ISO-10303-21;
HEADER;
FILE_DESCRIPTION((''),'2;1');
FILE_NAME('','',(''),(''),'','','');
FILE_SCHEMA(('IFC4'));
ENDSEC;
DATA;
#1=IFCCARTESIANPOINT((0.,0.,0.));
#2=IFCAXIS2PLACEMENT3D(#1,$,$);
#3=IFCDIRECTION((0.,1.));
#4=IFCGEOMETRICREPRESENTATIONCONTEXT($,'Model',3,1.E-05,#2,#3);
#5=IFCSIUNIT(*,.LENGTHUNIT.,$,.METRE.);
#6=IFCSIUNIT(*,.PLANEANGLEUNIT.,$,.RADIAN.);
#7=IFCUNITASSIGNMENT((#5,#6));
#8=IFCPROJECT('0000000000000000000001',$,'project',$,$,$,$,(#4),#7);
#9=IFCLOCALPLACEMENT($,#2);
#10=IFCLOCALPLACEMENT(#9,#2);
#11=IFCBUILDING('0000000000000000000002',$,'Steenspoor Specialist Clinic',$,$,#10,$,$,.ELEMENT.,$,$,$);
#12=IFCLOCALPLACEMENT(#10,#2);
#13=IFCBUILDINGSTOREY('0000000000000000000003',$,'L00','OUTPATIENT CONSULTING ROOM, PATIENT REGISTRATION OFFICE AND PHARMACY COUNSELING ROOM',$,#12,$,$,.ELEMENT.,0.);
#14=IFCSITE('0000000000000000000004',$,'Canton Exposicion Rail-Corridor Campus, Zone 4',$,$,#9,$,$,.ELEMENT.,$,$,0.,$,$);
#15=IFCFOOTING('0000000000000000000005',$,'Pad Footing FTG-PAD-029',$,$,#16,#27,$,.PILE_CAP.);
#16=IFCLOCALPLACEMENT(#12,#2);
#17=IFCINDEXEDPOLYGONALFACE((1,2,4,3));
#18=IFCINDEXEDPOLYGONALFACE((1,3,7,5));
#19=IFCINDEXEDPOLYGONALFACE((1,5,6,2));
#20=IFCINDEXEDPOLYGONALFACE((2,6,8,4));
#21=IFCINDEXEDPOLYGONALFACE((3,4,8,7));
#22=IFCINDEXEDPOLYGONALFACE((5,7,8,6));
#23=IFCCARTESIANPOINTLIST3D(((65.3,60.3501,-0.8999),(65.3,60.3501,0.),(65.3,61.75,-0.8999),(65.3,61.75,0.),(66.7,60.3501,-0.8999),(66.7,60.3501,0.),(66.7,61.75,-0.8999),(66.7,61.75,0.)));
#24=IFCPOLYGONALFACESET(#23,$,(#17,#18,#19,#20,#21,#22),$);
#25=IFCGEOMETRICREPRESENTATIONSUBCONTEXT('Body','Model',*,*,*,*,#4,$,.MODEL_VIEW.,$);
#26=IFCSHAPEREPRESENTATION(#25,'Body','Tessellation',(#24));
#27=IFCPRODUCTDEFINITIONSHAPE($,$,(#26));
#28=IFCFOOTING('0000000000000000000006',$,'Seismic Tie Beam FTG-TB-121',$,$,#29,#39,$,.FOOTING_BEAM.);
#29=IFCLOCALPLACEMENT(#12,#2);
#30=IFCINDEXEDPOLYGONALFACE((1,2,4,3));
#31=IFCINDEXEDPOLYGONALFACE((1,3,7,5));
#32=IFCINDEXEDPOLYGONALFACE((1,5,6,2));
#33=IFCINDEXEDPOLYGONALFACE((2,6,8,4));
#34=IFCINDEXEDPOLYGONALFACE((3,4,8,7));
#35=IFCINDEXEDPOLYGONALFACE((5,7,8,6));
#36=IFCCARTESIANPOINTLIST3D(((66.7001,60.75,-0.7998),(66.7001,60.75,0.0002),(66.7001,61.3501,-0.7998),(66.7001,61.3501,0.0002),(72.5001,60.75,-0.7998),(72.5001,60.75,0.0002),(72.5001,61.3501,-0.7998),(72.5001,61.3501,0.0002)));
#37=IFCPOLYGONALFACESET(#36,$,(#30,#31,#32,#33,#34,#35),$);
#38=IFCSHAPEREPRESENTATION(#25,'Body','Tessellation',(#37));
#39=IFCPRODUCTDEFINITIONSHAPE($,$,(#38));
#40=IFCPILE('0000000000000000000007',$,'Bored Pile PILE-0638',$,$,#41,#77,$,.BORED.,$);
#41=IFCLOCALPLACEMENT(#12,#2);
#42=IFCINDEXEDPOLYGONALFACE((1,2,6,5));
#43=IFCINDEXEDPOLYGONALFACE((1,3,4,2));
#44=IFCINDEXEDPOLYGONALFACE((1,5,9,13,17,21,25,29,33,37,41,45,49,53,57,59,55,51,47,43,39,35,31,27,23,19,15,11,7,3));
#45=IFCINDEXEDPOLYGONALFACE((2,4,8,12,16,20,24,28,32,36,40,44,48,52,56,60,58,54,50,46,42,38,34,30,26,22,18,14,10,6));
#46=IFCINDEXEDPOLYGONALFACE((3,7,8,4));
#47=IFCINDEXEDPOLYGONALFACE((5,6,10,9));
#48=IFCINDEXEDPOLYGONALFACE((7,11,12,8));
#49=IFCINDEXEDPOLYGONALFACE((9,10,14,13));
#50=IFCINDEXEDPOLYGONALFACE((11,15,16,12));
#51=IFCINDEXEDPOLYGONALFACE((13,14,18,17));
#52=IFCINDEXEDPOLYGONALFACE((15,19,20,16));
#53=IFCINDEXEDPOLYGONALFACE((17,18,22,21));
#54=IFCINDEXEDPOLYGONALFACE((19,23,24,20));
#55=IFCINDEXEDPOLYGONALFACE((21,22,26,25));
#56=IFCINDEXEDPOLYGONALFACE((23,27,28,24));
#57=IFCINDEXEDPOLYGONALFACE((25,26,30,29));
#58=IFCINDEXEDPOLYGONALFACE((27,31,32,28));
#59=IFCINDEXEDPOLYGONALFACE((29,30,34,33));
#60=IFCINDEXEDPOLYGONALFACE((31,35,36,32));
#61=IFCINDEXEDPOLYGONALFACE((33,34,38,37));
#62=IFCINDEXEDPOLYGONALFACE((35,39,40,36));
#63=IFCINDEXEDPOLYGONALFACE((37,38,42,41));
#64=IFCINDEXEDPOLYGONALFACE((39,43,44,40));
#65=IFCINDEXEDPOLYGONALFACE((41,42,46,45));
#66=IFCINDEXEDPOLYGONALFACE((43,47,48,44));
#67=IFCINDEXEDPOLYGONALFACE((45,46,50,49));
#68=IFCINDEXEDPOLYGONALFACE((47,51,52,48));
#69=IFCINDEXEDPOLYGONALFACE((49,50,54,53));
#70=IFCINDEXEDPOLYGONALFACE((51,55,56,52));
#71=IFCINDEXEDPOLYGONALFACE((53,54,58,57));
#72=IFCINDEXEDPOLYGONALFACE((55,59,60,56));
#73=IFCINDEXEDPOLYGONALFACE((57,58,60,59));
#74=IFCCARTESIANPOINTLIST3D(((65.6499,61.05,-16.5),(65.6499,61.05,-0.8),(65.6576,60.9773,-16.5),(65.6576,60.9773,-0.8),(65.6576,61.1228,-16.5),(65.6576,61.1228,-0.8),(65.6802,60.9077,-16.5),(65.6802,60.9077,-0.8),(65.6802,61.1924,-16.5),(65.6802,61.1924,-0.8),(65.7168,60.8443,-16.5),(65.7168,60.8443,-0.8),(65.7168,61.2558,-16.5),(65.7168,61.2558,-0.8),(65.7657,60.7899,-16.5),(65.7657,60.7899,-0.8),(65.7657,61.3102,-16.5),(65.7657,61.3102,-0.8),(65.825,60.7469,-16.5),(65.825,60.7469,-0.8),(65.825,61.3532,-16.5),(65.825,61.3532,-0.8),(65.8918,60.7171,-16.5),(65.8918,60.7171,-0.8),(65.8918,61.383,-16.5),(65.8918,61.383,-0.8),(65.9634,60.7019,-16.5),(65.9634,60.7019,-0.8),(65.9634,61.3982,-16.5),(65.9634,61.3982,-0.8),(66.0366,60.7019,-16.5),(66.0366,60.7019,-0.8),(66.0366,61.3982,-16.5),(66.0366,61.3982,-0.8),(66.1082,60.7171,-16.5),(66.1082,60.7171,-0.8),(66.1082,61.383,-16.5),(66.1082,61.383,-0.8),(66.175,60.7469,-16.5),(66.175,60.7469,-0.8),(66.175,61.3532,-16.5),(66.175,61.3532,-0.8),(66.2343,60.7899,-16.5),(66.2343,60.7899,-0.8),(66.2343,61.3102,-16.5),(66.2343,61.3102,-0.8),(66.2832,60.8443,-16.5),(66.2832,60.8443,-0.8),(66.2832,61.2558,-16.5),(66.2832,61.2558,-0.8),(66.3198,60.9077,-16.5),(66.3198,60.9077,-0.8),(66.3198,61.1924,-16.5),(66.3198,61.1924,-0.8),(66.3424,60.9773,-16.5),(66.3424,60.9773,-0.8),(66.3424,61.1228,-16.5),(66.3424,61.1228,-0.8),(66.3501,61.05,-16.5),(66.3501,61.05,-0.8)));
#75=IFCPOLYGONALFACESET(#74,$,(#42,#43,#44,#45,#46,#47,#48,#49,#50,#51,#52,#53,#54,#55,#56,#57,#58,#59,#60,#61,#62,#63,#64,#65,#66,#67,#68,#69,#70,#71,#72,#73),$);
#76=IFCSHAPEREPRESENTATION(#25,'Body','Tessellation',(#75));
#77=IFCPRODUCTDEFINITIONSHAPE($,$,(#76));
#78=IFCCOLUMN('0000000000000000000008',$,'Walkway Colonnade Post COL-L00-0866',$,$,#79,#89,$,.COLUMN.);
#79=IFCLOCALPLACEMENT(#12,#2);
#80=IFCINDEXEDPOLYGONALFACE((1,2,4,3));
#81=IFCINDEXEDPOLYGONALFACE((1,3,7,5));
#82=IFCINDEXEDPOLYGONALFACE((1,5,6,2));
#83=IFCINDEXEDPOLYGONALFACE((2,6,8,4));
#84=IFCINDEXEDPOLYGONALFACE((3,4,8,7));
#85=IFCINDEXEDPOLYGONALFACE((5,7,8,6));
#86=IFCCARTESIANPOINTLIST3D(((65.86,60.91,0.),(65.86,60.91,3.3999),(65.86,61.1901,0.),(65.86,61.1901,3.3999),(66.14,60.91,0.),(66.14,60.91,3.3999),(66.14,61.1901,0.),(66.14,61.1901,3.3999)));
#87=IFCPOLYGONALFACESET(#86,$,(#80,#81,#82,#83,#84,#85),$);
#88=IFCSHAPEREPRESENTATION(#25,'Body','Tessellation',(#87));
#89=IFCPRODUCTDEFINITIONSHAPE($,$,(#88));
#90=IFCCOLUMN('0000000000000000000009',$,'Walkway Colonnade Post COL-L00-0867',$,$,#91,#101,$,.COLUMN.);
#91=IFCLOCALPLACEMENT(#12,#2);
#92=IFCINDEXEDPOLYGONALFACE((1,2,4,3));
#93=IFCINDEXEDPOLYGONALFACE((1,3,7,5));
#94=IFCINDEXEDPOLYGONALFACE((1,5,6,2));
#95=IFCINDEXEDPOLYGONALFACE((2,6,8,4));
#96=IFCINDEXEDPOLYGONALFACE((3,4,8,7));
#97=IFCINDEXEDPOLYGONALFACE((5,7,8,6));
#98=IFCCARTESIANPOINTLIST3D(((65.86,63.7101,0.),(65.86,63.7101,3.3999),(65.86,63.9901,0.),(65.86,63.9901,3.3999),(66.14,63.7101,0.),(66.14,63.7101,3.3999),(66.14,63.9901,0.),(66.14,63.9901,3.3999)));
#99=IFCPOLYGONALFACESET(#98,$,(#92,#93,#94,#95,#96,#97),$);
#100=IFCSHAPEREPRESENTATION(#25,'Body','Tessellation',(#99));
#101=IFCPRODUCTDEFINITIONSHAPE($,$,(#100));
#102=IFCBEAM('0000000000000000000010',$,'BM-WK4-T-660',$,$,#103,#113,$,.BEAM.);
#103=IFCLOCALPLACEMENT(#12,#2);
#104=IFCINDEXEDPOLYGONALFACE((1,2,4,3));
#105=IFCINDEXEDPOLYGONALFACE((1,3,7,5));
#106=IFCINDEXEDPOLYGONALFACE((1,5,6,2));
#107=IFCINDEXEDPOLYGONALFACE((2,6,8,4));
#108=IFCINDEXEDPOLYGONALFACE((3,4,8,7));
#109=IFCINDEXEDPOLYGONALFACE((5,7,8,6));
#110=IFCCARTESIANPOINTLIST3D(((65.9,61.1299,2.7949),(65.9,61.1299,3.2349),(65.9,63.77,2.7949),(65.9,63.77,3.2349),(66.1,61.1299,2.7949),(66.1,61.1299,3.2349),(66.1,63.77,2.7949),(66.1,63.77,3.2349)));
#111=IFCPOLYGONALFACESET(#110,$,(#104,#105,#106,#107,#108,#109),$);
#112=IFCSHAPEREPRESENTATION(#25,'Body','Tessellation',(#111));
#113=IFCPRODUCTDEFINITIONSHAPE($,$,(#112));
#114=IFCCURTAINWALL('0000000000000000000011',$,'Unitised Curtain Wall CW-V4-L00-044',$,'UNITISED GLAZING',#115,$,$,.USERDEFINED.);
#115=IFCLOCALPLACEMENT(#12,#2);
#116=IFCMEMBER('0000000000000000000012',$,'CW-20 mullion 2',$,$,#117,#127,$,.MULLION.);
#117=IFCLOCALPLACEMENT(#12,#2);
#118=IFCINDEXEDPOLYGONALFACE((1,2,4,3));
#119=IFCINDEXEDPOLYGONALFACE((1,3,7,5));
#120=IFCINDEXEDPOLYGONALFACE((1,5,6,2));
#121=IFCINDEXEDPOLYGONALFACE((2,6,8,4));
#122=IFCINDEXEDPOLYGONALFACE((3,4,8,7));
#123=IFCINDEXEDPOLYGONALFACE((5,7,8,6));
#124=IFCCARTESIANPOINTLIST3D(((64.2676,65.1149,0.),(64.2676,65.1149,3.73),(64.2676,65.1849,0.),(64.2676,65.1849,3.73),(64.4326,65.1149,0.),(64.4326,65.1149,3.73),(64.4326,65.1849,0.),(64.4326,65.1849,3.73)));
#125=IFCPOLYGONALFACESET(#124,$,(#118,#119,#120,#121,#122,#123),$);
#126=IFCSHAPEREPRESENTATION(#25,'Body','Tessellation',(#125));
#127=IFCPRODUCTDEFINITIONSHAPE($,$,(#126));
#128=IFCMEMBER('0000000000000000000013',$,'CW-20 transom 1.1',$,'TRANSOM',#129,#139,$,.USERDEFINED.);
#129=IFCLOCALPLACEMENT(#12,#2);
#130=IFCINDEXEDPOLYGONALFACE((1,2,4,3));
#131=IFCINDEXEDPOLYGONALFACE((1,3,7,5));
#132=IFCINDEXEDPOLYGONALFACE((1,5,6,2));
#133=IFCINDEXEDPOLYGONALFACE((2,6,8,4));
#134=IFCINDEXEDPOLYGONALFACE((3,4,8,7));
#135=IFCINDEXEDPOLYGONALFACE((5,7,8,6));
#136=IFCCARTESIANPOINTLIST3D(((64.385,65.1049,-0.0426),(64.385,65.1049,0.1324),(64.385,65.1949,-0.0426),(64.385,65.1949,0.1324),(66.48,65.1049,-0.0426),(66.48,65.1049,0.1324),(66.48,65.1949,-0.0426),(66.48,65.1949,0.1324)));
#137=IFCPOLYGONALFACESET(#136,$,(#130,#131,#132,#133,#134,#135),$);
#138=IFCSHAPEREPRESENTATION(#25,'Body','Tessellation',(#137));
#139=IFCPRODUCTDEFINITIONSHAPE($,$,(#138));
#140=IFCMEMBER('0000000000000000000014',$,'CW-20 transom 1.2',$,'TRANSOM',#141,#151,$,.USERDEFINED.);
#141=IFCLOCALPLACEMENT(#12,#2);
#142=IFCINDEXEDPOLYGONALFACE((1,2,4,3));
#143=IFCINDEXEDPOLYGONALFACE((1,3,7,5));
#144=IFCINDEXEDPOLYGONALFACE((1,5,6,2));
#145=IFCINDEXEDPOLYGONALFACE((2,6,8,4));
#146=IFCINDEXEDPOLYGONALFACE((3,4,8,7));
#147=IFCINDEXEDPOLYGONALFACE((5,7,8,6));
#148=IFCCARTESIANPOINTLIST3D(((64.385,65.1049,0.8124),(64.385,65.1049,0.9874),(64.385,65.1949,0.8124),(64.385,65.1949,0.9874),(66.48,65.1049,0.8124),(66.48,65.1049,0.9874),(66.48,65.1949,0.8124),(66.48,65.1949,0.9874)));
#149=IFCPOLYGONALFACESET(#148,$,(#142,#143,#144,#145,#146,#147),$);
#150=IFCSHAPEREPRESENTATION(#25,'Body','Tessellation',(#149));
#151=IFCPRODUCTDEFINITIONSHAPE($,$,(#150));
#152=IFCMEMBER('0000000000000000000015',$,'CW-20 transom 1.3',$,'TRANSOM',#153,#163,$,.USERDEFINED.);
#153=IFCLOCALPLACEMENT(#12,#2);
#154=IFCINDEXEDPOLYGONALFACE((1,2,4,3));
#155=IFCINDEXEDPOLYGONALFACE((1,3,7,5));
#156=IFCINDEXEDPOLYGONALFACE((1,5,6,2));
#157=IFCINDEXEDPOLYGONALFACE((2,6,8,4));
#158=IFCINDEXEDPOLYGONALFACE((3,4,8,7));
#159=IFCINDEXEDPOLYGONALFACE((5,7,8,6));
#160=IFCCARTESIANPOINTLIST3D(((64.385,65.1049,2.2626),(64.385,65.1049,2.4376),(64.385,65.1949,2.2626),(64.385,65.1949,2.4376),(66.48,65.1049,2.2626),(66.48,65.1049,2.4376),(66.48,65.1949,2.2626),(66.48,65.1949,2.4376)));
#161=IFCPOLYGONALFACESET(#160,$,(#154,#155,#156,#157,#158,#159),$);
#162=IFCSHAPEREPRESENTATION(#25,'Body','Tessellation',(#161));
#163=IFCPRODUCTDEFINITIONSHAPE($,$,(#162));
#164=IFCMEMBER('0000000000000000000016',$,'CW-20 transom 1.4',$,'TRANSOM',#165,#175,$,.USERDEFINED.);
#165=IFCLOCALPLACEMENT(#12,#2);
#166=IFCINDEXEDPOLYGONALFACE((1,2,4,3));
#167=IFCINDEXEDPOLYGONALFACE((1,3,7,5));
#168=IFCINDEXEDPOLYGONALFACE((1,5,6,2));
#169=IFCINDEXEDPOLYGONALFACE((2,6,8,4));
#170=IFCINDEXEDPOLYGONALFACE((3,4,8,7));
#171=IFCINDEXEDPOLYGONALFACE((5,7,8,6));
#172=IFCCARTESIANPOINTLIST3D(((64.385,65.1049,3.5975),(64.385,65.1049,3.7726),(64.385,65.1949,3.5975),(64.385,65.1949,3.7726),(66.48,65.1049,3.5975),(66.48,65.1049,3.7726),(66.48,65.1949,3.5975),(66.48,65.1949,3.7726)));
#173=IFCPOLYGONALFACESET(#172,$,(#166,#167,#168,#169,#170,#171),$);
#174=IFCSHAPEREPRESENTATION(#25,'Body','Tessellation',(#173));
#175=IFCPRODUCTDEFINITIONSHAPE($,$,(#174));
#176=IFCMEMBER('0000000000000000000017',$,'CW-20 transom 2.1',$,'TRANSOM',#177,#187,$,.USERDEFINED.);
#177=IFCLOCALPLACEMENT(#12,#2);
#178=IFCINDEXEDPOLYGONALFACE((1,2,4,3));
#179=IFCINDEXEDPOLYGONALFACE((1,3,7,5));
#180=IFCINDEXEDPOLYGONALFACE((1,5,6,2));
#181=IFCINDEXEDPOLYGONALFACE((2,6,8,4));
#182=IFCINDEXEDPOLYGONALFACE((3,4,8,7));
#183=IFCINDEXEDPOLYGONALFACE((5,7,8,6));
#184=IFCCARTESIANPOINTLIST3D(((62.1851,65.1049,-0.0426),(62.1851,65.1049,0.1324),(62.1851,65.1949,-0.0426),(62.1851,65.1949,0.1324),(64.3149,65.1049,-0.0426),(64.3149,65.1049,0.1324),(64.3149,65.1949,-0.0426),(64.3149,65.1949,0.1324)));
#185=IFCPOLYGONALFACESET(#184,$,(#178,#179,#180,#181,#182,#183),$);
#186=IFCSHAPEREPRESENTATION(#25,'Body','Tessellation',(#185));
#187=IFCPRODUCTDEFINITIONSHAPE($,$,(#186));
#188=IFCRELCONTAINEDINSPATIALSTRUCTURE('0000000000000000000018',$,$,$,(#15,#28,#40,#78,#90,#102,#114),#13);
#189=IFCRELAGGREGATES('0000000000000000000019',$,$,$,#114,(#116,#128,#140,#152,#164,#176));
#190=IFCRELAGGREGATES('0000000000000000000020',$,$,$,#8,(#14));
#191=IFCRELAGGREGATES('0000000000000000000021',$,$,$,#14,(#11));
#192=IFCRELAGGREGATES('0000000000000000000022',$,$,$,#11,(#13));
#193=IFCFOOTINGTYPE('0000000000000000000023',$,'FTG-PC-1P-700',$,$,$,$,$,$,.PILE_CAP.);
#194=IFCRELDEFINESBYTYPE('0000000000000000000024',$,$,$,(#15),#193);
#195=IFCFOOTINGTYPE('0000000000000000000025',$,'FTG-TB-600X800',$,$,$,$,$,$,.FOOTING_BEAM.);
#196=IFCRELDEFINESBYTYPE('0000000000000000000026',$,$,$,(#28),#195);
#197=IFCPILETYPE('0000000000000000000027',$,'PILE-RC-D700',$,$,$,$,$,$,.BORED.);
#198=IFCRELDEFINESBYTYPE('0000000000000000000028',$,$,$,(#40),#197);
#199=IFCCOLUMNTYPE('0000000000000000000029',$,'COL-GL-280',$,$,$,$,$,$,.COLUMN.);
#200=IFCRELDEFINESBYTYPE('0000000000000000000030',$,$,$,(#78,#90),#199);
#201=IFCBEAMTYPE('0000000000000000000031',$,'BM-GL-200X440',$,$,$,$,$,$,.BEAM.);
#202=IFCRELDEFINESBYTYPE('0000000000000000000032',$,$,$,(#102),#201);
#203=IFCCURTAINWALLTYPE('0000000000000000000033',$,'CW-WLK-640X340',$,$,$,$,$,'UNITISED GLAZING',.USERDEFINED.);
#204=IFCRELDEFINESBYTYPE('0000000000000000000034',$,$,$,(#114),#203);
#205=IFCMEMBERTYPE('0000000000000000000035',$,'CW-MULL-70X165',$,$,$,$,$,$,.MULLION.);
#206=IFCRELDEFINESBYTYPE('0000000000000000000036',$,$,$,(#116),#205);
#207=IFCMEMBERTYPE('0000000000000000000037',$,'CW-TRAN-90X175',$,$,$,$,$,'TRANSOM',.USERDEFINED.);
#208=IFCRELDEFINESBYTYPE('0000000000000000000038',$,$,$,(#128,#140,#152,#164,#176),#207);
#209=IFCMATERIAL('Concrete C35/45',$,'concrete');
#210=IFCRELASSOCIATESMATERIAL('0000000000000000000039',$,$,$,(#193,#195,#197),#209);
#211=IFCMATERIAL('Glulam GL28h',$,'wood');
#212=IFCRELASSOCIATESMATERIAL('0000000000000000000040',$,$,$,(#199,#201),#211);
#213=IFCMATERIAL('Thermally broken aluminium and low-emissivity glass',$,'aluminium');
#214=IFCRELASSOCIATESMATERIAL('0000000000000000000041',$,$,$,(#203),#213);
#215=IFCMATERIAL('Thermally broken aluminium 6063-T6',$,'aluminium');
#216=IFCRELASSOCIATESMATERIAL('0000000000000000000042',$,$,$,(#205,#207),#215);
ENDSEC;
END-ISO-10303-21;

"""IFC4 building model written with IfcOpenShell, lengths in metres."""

from ifc_helpers import new_model, si_unit, direction, frame, origin, origin_2d, place, context, subcontext, project, spatial, rectangle, circle, extrude, material, material_profile, profile_set, type_object, element, aggregate, save


model = new_model("IFC4")

# Units and contexts
model_context = context("Model", 3, precision=1e-05, world=origin(), true_north=direction((0.0, 1.0)))
body_context = subcontext(model_context, "Body", "Model", "MODEL_VIEW")
ifc_project = project(units=[si_unit("LENGTHUNIT", "METRE"), si_unit("PLANEANGLEUNIT", "RADIAN")], contexts=[model_context])

# Site, building, storey
site_placement = place(None, origin())
site = spatial("IfcSite", under=ifc_project, at=site_placement, Name="Canton Exposicion Rail-Corridor Campus, Zone 4", CompositionType="ELEMENT", RefElevation=0.0)
building_placement = place(site_placement, origin())
building = spatial("IfcBuilding", under=site, at=building_placement, Name="Steenspoor Specialist Clinic", CompositionType="ELEMENT")
storey_placement = place(building_placement, origin())
storey = spatial("IfcBuildingStorey", under=building, at=storey_placement, Name="L00", Description="OUTPATIENT CONSULTING ROOM, PATIENT REGISTRATION OFFICE AND PHARMACY COUNSELING ROOM", CompositionType="ELEMENT", Elevation=0.0)

# Footings
ifc_material_1 = material(Name="Concrete C35/45", Category="concrete")
footing_type_1 = type_object("IfcFootingType", Name="FTG-PC-1P-700", PredefinedType="PILE_CAP", material=ifc_material_1)
footing_1_placement = place(storey_placement, frame((66.0, 61.05, -0.8999), z_axis=(0.0, 0.0, 1.0), x_axis=(1.0, 0.0, 0.0)))
element("IfcFooting", 1, at=footing_1_placement, inside=storey, type_object=footing_type_1, Name="Pad Footing FTG-PAD-029", PredefinedType="PILE_CAP", context=body_context, shape_type="SweptSolid", body=[
    extrude(rectangle(XDim=1.3999, YDim=1.3999, at=origin_2d()), origin(), (0.0, 0.0, 1.0), 0.8999),
])
footing_type_2 = type_object("IfcFootingType", Name="FTG-TB-600X800", PredefinedType="FOOTING_BEAM", material=ifc_material_1)
footing_2_placement = place(storey_placement, frame((69.6001, 61.05, -0.7998), z_axis=(0.0, 0.0, 1.0), x_axis=(1.0, 0.0, 0.0)))
element("IfcFooting", 2, at=footing_2_placement, inside=storey, type_object=footing_type_2, Name="Seismic Tie Beam FTG-TB-121", PredefinedType="FOOTING_BEAM", context=body_context, shape_type="SweptSolid", body=[
    extrude(rectangle(XDim=5.8, YDim=0.6001, at=origin_2d()), origin(), (0.0, 0.0, 1.0), 0.8),
])

# Pile
ifc_material_profile_1 = material_profile(ifc_material_1, circle(Radius=0.3501, at=origin_2d()), Name="PILE-D700")
ifc_profile_set_1 = profile_set([ifc_material_profile_1], Name="Concrete C35/45")
pile_type = type_object("IfcPileType", Name="PILE-RC-D700", PredefinedType="BORED", material=ifc_profile_set_1)
pile_placement = place(storey_placement, frame((66.0, 61.05, -0.8), z_axis=(0.0, 0.0, -1.0), x_axis=(1.0, 0.0, 0.0)))
element("IfcPile", 3, at=pile_placement, inside=storey, type_object=pile_type, Name="Bored Pile PILE-0638", PredefinedType="BORED", context=body_context, shape_type="SweptSolid", body=[
    extrude(circle(Radius=0.3501, at=origin_2d()), origin(), (0.0, 0.0, 1.0), 15.7),
])

# Columns
ifc_material_2 = material(Name="Glulam GL28h", Category="wood")
ifc_material_profile_2 = material_profile(ifc_material_2, rectangle(XDim=0.28, YDim=0.28, at=origin_2d()), Name="GL28H-280X280")
ifc_profile_set_2 = profile_set([ifc_material_profile_2], Name="Glulam GL28h")
column_type = type_object("IfcColumnType", Name="COL-GL-280", PredefinedType="COLUMN", material=ifc_profile_set_2)
for number, where, z_axis, x_axis, name in (
    (4, (66.0, 61.05, 0.0), (0.0, 0.0, 1.0), (1.0, 0.0, 0.0), "Walkway Colonnade Post COL-L00-0866"),
    (5, (66.0, 63.8501, 0.0), (0.0, 0.0, 1.0), (1.0, 0.0, 0.0), "Walkway Colonnade Post COL-L00-0867"),
):
    element("IfcColumn", number, at=place(storey_placement, frame(where, z_axis=z_axis, x_axis=x_axis)), inside=storey, type_object=column_type, Name=name, PredefinedType="COLUMN", context=body_context, shape_type="SweptSolid", body=[
        extrude(rectangle(XDim=0.28, YDim=0.28, at=origin_2d()), origin(), (0.0, 0.0, 1.0), 3.3999),
    ])

# Beam
ifc_material_profile_3 = material_profile(ifc_material_2, rectangle(XDim=0.2, YDim=0.4399, at=origin_2d()), Name="GL28H-200X440")
ifc_profile_set_3 = profile_set([ifc_material_profile_3], Name="Glulam GL28h")
beam_type = type_object("IfcBeamType", Name="BM-GL-200X440", PredefinedType="BEAM", material=ifc_profile_set_3)
beam_placement = place(storey_placement, frame((66.0, 61.1299, 3.0149), z_axis=(0.0, 1.0, 0.0), x_axis=(-1.0, 0.0, 0.0)))
element("IfcBeam", 6, at=beam_placement, inside=storey, type_object=beam_type, Name="BM-WK4-T-660", PredefinedType="BEAM", context=body_context, shape_type="SweptSolid", body=[
    extrude(rectangle(XDim=0.2, YDim=0.4399, at=origin_2d()), origin(), (0.0, 0.0, 1.0), 2.6401),
])

# Curtain wall, members
ifc_material_3 = material(Name="Thermally broken aluminium and low-emissivity glass", Category="aluminium")
curtain_wall_type = type_object("IfcCurtainWallType", Name="CW-WLK-640X340", ElementType="UNITISED GLAZING", PredefinedType="USERDEFINED", material=ifc_material_3)
curtain_wall_placement = place(storey_placement, origin())
curtain_wall = element("IfcCurtainWall", 7, at=curtain_wall_placement, inside=storey, type_object=curtain_wall_type, Name="Unitised Curtain Wall CW-V4-L00-044", ObjectType="UNITISED GLAZING", PredefinedType="USERDEFINED")
ifc_material_4 = material(Name="Thermally broken aluminium 6063-T6", Category="aluminium")
ifc_material_profile_4 = material_profile(ifc_material_4, rectangle(XDim=0.0701, YDim=0.165, at=origin_2d()), Name="CWM-70X165")
ifc_profile_set_4 = profile_set([ifc_material_profile_4], Name="Thermally broken aluminium 6063-T6")
member_type_1 = type_object("IfcMemberType", Name="CW-MULL-70X165", PredefinedType="MULLION", material=ifc_profile_set_4)
member_1_placement = place(storey_placement, frame((64.3501, 65.1499, 0.0), z_axis=(0.0, 0.0, 1.0), x_axis=(0.0, -1.0, 0.0)))
member_1 = element("IfcMember", 8, at=member_1_placement, type_object=member_type_1, Name="CW-20 mullion 2", PredefinedType="MULLION", context=body_context, shape_type="SweptSolid", body=[
    extrude(rectangle(XDim=0.0701, YDim=0.165, at=origin_2d()), origin(), (0.0, 0.0, 1.0), 3.73),
])
ifc_material_profile_5 = material_profile(ifc_material_4, rectangle(XDim=0.0901, YDim=0.175, at=origin_2d()), Name="CWT-90X175")
ifc_profile_set_5 = profile_set([ifc_material_profile_5], Name="Thermally broken aluminium 6063-T6")
member_type_2 = type_object("IfcMemberType", Name="CW-TRAN-90X175", ElementType="TRANSOM", PredefinedType="USERDEFINED", material=ifc_profile_set_5)
member_2_placement = place(storey_placement, frame((66.48, 65.1499, 0.0449), z_axis=(-1.0, 0.0, 0.0), x_axis=(0.0, -1.0, 0.0)))
member_2 = element("IfcMember", 9, at=member_2_placement, type_object=member_type_2, Name="CW-20 transom 1.1", ObjectType="TRANSOM", PredefinedType="USERDEFINED", context=body_context, shape_type="SweptSolid", body=[
    extrude(rectangle(XDim=0.0901, YDim=0.175, at=origin_2d()), origin(), (0.0, 0.0, 1.0), 2.095),
])
member_3_placement = place(storey_placement, frame((66.48, 65.1499, 0.8999), z_axis=(-1.0, 0.0, 0.0), x_axis=(0.0, -1.0, 0.0)))
member_3 = element("IfcMember", 10, at=member_3_placement, type_object=member_type_2, Name="CW-20 transom 1.2", ObjectType="TRANSOM", PredefinedType="USERDEFINED", context=body_context, shape_type="SweptSolid", body=[
    extrude(rectangle(XDim=0.0901, YDim=0.175, at=origin_2d()), origin(), (0.0, 0.0, 1.0), 2.095),
])
member_4_placement = place(storey_placement, frame((66.48, 65.1499, 2.3501), z_axis=(-1.0, 0.0, 0.0), x_axis=(0.0, -1.0, 0.0)))
member_4 = element("IfcMember", 11, at=member_4_placement, type_object=member_type_2, Name="CW-20 transom 1.3", ObjectType="TRANSOM", PredefinedType="USERDEFINED", context=body_context, shape_type="SweptSolid", body=[
    extrude(rectangle(XDim=0.0901, YDim=0.175, at=origin_2d()), origin(), (0.0, 0.0, 1.0), 2.095),
])
member_5_placement = place(storey_placement, frame((66.48, 65.1499, 3.6851), z_axis=(-1.0, 0.0, 0.0), x_axis=(0.0, -1.0, 0.0)))
member_5 = element("IfcMember", 12, at=member_5_placement, type_object=member_type_2, Name="CW-20 transom 1.4", ObjectType="TRANSOM", PredefinedType="USERDEFINED", context=body_context, shape_type="SweptSolid", body=[
    extrude(rectangle(XDim=0.0901, YDim=0.175, at=origin_2d()), origin(), (0.0, 0.0, 1.0), 2.095),
])
member_6_placement = place(storey_placement, frame((64.3149, 65.1499, 0.0449), z_axis=(-1.0, 0.0, 0.0), x_axis=(0.0, -1.0, 0.0)))
member_6 = element("IfcMember", 13, at=member_6_placement, type_object=member_type_2, Name="CW-20 transom 2.1", ObjectType="TRANSOM", PredefinedType="USERDEFINED", context=body_context, shape_type="SweptSolid", body=[
    extrude(rectangle(XDim=0.0901, YDim=0.175, at=origin_2d()), origin(), (0.0, 0.0, 1.0), 2.1299),
])
aggregate(curtain_wall, [member_1, member_2, member_3, member_4, member_5, member_6])

save(model, "model.ifc")
